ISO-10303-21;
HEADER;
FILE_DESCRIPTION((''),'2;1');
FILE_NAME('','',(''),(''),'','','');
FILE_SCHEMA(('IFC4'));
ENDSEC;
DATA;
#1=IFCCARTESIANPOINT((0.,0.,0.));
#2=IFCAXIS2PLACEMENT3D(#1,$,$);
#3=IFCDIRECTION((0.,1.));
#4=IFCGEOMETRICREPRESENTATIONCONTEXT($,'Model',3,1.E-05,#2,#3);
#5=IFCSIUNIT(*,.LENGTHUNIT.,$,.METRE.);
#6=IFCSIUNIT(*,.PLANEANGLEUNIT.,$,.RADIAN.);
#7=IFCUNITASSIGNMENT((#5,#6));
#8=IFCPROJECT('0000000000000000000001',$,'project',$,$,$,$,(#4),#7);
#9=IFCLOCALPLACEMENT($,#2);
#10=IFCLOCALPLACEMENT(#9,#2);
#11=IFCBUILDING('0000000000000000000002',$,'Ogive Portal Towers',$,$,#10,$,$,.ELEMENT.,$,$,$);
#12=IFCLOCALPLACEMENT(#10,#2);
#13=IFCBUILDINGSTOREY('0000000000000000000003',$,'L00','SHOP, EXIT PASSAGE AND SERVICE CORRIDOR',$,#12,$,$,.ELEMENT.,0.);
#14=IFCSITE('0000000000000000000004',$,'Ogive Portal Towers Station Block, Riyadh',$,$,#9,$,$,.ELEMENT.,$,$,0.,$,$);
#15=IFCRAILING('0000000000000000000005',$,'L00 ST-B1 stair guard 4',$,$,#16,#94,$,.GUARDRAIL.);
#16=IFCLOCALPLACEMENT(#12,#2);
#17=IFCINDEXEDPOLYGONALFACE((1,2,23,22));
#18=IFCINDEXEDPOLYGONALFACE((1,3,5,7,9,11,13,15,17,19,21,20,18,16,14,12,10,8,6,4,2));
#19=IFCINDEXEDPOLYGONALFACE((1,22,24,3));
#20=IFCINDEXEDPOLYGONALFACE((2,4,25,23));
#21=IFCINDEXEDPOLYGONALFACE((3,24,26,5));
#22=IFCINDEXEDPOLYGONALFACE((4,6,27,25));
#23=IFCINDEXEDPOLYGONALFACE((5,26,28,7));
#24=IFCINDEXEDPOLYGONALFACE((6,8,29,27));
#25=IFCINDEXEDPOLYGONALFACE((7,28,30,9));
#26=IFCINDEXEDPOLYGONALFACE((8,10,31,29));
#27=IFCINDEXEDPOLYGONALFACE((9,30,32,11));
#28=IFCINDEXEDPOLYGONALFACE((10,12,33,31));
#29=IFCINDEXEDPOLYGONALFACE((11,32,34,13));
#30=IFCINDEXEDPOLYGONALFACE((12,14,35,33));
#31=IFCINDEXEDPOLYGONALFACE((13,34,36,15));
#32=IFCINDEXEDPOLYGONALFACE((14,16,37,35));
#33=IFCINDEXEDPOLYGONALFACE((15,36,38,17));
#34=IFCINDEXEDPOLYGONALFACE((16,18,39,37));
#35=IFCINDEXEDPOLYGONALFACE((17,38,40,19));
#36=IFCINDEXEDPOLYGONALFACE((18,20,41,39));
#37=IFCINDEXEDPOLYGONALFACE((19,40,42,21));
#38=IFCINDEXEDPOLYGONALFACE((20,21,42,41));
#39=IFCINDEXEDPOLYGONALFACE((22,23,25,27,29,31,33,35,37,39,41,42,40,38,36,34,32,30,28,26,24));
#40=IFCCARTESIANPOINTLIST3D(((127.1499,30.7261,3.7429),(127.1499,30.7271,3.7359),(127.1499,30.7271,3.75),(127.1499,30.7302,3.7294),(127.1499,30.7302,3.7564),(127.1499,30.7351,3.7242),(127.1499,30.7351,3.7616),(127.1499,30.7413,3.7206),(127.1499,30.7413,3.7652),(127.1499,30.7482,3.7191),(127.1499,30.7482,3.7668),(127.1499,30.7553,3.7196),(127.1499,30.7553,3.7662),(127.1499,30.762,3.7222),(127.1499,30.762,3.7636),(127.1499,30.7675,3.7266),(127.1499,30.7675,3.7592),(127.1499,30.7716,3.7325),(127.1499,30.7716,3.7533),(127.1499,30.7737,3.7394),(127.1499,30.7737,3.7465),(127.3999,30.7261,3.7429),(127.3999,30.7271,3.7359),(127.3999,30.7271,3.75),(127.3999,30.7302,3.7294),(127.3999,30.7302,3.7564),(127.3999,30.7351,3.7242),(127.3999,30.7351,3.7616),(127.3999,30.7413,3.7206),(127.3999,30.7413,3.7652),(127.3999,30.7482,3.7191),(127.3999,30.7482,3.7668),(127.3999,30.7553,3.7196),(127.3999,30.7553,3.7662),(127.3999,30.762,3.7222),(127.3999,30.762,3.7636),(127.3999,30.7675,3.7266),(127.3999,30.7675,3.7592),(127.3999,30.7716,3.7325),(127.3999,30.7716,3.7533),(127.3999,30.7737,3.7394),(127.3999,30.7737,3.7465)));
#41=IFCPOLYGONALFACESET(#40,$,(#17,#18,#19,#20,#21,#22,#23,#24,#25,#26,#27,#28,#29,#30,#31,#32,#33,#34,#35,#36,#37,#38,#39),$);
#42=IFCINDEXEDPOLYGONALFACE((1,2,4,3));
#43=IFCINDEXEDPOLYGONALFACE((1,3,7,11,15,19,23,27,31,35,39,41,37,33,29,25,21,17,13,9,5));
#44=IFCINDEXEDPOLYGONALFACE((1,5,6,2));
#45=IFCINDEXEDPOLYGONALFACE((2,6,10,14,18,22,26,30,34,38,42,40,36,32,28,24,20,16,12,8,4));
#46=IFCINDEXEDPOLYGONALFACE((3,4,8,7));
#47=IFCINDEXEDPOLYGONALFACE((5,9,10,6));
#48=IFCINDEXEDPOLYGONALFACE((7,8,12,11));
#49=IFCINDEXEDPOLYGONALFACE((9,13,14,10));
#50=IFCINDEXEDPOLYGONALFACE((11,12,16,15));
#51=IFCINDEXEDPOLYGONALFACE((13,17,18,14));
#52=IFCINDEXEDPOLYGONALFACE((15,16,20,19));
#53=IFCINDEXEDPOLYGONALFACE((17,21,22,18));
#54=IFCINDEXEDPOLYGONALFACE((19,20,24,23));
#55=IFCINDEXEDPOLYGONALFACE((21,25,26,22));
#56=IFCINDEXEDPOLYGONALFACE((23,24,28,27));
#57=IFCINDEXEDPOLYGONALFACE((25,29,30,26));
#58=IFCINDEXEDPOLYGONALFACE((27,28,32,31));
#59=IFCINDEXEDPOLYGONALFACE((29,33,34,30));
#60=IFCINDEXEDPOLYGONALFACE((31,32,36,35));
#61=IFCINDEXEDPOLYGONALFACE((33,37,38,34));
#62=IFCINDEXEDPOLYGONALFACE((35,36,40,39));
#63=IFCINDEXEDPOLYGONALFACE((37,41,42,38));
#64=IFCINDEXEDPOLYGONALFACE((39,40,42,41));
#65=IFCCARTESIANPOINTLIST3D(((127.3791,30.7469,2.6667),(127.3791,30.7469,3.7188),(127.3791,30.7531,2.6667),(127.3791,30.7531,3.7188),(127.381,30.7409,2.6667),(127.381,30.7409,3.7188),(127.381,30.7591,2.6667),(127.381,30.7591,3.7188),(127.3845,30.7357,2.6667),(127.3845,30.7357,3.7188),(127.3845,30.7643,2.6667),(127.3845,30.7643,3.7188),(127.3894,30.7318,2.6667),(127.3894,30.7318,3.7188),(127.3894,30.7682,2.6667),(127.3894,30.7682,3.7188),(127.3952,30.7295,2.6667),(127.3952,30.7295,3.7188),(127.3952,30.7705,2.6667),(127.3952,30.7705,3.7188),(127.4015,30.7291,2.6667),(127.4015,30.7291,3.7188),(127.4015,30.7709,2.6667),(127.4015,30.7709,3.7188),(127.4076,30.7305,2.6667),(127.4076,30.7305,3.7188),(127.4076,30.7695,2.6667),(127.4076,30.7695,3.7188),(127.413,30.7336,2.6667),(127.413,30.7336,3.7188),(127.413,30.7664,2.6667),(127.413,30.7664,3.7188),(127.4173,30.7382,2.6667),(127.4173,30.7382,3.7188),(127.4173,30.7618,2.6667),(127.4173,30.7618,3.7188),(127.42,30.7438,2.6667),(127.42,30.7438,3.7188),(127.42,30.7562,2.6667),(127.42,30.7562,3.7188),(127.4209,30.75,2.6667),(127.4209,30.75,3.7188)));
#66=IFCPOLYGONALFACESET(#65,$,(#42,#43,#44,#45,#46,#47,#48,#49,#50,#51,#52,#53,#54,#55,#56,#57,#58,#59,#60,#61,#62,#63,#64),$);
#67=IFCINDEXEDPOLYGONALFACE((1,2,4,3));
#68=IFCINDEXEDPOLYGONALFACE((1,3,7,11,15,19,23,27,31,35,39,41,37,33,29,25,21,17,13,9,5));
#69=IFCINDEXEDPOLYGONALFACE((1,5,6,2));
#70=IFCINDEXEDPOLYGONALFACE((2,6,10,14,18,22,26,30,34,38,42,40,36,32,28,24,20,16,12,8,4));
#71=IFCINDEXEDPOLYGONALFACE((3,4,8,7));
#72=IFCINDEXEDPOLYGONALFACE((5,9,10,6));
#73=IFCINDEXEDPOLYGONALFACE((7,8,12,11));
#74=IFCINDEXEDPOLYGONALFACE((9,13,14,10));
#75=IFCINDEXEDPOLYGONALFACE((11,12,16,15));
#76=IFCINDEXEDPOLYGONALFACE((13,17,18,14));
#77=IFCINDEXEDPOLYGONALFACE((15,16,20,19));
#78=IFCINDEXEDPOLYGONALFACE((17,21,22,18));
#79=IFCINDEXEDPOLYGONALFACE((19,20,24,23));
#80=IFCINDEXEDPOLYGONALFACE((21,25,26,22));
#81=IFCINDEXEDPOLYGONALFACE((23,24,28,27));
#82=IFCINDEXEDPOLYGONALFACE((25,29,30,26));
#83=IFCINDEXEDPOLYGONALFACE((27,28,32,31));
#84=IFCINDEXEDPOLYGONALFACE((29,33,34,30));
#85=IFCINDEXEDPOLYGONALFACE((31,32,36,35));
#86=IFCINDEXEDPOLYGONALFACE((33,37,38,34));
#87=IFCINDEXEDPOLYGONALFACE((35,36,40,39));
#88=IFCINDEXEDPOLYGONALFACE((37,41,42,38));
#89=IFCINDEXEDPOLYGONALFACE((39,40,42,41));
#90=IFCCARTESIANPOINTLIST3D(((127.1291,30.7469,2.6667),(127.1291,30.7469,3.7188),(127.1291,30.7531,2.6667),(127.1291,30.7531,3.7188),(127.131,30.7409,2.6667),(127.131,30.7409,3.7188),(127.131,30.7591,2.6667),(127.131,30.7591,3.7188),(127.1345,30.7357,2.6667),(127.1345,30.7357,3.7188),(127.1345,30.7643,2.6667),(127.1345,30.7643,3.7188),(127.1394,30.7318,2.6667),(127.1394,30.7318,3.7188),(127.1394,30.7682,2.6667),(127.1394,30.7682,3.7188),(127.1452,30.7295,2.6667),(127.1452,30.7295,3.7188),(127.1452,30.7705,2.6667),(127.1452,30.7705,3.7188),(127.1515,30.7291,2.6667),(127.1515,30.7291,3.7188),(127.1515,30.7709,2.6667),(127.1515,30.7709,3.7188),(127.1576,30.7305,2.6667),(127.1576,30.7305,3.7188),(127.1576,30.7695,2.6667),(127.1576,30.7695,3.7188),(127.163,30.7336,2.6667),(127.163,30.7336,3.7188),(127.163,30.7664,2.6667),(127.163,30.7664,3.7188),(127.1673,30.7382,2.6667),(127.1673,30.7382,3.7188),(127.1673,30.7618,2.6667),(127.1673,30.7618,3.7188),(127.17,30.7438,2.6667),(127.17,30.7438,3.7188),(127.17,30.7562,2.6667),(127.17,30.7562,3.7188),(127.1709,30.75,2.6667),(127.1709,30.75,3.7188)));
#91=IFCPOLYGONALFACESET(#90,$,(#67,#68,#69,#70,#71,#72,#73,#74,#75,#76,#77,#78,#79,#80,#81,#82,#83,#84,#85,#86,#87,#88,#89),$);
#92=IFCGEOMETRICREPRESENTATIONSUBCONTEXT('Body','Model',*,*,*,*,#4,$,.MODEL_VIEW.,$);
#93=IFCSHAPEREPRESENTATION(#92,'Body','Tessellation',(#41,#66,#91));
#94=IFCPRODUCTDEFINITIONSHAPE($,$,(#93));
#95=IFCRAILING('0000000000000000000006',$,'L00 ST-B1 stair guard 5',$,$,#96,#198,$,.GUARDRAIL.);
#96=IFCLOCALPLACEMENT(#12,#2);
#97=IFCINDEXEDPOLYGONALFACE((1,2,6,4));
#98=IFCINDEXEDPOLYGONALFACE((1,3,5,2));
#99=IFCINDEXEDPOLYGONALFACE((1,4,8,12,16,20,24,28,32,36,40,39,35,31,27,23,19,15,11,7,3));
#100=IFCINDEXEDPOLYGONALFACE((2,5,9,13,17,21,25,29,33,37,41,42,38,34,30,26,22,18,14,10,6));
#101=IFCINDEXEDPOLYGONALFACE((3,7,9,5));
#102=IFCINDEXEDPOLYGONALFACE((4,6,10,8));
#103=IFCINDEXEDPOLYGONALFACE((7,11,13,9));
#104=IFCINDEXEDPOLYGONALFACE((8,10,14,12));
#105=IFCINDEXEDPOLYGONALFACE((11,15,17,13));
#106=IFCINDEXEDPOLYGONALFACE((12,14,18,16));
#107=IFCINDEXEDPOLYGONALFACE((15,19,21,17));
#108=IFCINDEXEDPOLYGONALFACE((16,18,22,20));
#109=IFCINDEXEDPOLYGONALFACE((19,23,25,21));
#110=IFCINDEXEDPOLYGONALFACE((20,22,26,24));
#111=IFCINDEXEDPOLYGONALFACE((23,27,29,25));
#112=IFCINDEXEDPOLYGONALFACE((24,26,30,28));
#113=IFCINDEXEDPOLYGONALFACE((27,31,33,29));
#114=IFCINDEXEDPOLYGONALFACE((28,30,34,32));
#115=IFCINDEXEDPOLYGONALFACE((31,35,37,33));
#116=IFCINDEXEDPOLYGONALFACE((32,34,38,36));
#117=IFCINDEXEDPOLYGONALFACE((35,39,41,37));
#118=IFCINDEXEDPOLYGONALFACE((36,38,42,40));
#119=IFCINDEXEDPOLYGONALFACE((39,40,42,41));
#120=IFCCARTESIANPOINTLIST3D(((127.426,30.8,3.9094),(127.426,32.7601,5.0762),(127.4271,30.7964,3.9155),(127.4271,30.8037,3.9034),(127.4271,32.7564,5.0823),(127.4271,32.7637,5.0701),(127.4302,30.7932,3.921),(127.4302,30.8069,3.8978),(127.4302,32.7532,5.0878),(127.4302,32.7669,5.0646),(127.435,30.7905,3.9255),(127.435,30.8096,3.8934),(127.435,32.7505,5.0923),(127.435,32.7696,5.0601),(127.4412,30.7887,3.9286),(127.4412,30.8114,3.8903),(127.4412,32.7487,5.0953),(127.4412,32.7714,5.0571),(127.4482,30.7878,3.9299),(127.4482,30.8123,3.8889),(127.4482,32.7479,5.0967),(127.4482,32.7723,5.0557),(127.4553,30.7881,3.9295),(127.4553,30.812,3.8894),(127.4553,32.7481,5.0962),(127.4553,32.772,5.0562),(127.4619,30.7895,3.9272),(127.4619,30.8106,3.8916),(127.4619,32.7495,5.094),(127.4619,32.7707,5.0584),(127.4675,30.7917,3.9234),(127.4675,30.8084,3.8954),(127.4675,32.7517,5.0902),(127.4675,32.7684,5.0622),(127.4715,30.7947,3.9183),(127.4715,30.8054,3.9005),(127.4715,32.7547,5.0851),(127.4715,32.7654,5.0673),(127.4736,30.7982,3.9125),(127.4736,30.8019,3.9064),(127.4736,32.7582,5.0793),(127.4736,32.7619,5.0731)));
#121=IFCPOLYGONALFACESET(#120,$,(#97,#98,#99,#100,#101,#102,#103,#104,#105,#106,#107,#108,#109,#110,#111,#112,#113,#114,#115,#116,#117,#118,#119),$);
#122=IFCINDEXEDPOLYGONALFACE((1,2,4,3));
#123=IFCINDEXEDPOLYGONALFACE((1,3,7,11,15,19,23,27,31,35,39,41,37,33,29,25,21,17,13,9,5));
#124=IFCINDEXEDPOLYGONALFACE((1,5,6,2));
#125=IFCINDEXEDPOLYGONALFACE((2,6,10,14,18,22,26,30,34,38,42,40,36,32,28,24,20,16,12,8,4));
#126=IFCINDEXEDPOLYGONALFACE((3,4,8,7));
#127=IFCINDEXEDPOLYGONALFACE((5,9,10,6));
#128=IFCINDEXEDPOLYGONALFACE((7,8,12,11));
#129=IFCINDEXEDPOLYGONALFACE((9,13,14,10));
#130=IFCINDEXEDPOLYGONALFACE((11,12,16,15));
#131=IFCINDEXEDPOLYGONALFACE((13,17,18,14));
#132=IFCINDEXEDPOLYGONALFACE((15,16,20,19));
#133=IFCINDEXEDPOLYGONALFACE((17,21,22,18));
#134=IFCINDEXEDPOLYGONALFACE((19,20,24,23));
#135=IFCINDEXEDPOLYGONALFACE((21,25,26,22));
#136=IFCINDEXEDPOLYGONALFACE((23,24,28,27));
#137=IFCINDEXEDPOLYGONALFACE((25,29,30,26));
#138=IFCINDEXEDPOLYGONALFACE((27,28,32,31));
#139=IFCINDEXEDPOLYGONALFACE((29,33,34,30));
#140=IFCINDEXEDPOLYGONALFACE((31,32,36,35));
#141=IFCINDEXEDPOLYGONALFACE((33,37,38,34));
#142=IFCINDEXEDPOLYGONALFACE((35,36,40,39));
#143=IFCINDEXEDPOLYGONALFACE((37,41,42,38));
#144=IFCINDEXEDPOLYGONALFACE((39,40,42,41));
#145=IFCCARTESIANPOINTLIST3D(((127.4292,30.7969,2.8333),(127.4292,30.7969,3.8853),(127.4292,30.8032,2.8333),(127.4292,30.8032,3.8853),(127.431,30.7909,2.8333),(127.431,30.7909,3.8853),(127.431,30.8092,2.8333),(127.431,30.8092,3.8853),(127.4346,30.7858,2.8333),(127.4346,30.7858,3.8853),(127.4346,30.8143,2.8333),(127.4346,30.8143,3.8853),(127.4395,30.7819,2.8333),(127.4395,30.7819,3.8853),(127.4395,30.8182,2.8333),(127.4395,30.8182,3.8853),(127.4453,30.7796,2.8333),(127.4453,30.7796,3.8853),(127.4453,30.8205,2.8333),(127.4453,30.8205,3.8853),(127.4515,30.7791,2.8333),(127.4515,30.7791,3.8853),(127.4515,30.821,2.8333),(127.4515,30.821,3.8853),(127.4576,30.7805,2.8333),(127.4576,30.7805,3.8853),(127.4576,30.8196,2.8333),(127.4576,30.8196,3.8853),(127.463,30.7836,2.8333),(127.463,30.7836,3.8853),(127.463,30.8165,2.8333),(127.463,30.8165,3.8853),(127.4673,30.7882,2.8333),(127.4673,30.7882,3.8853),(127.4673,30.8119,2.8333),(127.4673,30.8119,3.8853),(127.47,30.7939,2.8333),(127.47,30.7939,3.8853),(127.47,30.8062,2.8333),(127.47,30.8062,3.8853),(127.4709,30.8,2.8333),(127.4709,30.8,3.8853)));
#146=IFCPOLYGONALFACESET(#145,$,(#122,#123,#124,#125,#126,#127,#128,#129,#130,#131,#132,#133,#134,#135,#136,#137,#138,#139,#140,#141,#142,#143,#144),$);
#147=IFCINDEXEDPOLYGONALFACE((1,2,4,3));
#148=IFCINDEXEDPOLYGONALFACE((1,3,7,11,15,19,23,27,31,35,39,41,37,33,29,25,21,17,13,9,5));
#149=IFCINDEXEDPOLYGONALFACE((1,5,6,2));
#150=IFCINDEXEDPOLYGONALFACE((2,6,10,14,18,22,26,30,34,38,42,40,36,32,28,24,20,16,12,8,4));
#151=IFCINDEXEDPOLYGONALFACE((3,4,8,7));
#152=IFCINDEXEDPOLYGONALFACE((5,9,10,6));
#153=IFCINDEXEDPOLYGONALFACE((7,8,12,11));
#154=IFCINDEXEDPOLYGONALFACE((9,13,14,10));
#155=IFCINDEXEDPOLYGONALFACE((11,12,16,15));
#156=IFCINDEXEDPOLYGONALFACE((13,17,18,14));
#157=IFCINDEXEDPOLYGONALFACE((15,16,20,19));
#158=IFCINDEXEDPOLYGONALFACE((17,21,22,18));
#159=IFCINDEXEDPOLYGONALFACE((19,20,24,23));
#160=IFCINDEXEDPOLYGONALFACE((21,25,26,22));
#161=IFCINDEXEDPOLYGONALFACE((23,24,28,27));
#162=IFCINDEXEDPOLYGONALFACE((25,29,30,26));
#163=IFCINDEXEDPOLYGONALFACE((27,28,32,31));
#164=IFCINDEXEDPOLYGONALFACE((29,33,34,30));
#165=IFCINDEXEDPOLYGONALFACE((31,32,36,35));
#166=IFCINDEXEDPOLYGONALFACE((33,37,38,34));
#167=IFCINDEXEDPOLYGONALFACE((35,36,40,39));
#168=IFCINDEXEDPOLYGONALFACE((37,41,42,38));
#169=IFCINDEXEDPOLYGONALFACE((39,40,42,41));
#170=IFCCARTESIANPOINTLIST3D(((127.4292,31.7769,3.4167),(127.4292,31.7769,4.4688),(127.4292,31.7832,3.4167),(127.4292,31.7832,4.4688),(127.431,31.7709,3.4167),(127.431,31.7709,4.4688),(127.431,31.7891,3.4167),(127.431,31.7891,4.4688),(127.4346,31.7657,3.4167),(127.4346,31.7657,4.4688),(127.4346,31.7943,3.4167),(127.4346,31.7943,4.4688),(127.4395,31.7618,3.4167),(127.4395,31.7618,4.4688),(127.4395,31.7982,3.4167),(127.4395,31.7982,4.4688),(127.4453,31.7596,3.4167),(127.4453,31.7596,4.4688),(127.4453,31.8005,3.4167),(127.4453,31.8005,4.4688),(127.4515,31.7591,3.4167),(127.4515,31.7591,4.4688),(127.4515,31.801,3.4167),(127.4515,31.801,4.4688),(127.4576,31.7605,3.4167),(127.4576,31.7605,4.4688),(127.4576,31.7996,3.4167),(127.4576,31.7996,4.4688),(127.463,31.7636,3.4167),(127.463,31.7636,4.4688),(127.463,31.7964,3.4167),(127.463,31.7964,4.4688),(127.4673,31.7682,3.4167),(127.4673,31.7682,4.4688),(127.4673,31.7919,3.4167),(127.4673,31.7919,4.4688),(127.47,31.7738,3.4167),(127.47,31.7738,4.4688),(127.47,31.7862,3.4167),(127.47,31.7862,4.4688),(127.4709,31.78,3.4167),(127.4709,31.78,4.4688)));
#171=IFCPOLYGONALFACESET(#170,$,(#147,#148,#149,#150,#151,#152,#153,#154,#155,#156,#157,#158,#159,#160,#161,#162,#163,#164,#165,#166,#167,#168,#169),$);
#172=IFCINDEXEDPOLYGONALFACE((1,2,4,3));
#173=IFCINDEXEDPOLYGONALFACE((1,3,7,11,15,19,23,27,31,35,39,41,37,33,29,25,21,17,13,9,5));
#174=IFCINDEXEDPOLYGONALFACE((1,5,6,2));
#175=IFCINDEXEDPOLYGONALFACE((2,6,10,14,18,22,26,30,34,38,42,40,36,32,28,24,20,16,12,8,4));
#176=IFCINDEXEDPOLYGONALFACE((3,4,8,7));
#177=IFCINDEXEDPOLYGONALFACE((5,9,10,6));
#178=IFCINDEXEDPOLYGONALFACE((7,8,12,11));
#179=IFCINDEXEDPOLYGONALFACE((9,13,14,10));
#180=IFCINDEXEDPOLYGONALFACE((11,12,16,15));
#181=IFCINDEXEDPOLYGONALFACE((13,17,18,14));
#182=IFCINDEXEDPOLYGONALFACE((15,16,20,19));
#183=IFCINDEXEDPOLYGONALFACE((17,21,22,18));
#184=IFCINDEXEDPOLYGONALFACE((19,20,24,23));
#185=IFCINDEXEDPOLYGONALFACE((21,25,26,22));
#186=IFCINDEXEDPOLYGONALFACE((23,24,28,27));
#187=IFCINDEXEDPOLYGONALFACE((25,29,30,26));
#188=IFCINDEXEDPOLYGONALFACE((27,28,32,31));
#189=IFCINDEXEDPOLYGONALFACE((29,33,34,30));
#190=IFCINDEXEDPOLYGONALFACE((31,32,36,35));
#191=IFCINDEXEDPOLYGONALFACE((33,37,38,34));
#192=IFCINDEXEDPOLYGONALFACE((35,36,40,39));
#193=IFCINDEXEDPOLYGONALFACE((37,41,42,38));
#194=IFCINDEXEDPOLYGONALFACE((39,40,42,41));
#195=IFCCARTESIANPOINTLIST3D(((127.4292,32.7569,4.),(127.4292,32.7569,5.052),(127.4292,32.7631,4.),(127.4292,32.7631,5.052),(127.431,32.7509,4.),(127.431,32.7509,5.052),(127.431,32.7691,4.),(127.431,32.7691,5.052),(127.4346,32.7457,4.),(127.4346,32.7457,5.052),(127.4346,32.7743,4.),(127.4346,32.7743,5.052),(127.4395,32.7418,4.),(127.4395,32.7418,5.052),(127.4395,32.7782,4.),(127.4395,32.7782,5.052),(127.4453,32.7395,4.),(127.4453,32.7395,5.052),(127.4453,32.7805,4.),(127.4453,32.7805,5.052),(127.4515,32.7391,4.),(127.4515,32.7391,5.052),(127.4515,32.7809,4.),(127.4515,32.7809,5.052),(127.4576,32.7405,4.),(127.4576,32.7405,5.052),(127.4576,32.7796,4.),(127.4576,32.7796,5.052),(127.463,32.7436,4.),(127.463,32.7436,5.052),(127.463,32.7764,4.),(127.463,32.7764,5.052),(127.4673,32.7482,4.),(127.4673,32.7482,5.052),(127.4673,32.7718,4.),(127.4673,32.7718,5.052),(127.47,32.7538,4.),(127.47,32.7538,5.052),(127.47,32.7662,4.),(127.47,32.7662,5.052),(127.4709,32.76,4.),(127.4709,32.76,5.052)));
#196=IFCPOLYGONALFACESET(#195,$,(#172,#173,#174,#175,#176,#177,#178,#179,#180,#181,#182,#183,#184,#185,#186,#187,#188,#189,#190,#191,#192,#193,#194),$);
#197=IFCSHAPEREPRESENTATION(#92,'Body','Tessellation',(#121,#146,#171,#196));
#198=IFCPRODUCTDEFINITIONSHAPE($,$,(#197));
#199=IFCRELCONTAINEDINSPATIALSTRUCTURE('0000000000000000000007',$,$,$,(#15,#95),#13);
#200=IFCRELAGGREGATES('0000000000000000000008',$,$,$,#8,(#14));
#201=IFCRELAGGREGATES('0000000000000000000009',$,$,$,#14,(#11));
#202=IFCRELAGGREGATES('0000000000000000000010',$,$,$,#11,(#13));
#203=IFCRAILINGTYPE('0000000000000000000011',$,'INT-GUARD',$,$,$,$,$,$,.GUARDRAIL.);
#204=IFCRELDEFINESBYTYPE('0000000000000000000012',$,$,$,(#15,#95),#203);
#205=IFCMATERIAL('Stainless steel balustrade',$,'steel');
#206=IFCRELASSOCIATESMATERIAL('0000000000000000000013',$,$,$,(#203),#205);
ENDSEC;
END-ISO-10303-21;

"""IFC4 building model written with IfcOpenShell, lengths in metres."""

from ifc_helpers import new_model, si_unit, direction, frame, origin, origin_2d, place, context, subcontext, project, spatial, circle, extrude, material, type_object, element, save


model = new_model("IFC4")

# Units and contexts
model_context = context("Model", 3, precision=1e-05, world=origin(), true_north=direction((0.0, 1.0)))
body_context = subcontext(model_context, "Body", "Model", "MODEL_VIEW")
ifc_project = project(units=[si_unit("LENGTHUNIT", "METRE"), si_unit("PLANEANGLEUNIT", "RADIAN")], contexts=[model_context])

# Site, building, storey
site_placement = place(None, origin())
site = spatial("IfcSite", under=ifc_project, at=site_placement, Name="Ogive Portal Towers Station Block, Riyadh", CompositionType="ELEMENT", RefElevation=0.0)
building_placement = place(site_placement, origin())
building = spatial("IfcBuilding", under=site, at=building_placement, Name="Ogive Portal Towers", CompositionType="ELEMENT")
storey_placement = place(building_placement, origin())
storey = spatial("IfcBuildingStorey", under=building, at=storey_placement, Name="L00", Description="SHOP, EXIT PASSAGE AND SERVICE CORRIDOR", CompositionType="ELEMENT", Elevation=0.0)

# Railings
ifc_material_1 = material(Name="Stainless steel balustrade", Category="steel")
railing_type_1 = type_object("IfcRailingType", Name="INT-GUARD", PredefinedType="GUARDRAIL", material=ifc_material_1)
railing_1_placement = place(storey_placement, frame((127.3999, 30.75, 2.6667)))
element("IfcRailing", 1, at=railing_1_placement, inside=storey, type_object=railing_type_1, Name="L00 ST-B1 stair guard 4", PredefinedType="GUARDRAIL", context=body_context, shape_type="SweptSolid", body=[
    extrude(circle(Radius=0.0239, at=origin_2d()), frame((0.0, 0.0, 1.0762), z_axis=(-1.0, 0.0, 0.0), x_axis=(0.0, -1.0, 0.0)), (0.0, 0.0, 1.0), 0.25),
    extrude(circle(Radius=0.021, at=origin_2d()), origin(), (0.0, 0.0, 1.0), 1.052),
    extrude(circle(Radius=0.021, at=origin_2d()), frame((-0.25, 0.0, 0.0)), (0.0, 0.0, 1.0), 1.052),
])
railing_2_placement = place(storey_placement, frame((127.45, 30.8, 2.8333)))
element("IfcRailing", 2, at=railing_2_placement, inside=storey, type_object=railing_type_1, Name="L00 ST-B1 stair guard 5", PredefinedType="GUARDRAIL", context=body_context, shape_type="SweptSolid", body=[
    extrude(circle(Radius=0.0239, at=origin_2d()), frame((0.0, 0.0, 1.0762), z_axis=(0.0, 0.859273, 0.511518), x_axis=(-1.0, 0.0, 0.0)), (0.0, 0.0, 1.0), 2.281),
    extrude(circle(Radius=0.021, at=origin_2d()), origin(), (0.0, 0.0, 1.0), 1.052),
    extrude(circle(Radius=0.021, at=origin_2d()), frame((0.0, 0.98, 0.5835)), (0.0, 0.0, 1.0), 1.052),
    extrude(circle(Radius=0.021, at=origin_2d()), frame((0.0, 1.96, 1.1667)), (0.0, 0.0, 1.0), 1.052),
])

save(model, "model.ifc")
